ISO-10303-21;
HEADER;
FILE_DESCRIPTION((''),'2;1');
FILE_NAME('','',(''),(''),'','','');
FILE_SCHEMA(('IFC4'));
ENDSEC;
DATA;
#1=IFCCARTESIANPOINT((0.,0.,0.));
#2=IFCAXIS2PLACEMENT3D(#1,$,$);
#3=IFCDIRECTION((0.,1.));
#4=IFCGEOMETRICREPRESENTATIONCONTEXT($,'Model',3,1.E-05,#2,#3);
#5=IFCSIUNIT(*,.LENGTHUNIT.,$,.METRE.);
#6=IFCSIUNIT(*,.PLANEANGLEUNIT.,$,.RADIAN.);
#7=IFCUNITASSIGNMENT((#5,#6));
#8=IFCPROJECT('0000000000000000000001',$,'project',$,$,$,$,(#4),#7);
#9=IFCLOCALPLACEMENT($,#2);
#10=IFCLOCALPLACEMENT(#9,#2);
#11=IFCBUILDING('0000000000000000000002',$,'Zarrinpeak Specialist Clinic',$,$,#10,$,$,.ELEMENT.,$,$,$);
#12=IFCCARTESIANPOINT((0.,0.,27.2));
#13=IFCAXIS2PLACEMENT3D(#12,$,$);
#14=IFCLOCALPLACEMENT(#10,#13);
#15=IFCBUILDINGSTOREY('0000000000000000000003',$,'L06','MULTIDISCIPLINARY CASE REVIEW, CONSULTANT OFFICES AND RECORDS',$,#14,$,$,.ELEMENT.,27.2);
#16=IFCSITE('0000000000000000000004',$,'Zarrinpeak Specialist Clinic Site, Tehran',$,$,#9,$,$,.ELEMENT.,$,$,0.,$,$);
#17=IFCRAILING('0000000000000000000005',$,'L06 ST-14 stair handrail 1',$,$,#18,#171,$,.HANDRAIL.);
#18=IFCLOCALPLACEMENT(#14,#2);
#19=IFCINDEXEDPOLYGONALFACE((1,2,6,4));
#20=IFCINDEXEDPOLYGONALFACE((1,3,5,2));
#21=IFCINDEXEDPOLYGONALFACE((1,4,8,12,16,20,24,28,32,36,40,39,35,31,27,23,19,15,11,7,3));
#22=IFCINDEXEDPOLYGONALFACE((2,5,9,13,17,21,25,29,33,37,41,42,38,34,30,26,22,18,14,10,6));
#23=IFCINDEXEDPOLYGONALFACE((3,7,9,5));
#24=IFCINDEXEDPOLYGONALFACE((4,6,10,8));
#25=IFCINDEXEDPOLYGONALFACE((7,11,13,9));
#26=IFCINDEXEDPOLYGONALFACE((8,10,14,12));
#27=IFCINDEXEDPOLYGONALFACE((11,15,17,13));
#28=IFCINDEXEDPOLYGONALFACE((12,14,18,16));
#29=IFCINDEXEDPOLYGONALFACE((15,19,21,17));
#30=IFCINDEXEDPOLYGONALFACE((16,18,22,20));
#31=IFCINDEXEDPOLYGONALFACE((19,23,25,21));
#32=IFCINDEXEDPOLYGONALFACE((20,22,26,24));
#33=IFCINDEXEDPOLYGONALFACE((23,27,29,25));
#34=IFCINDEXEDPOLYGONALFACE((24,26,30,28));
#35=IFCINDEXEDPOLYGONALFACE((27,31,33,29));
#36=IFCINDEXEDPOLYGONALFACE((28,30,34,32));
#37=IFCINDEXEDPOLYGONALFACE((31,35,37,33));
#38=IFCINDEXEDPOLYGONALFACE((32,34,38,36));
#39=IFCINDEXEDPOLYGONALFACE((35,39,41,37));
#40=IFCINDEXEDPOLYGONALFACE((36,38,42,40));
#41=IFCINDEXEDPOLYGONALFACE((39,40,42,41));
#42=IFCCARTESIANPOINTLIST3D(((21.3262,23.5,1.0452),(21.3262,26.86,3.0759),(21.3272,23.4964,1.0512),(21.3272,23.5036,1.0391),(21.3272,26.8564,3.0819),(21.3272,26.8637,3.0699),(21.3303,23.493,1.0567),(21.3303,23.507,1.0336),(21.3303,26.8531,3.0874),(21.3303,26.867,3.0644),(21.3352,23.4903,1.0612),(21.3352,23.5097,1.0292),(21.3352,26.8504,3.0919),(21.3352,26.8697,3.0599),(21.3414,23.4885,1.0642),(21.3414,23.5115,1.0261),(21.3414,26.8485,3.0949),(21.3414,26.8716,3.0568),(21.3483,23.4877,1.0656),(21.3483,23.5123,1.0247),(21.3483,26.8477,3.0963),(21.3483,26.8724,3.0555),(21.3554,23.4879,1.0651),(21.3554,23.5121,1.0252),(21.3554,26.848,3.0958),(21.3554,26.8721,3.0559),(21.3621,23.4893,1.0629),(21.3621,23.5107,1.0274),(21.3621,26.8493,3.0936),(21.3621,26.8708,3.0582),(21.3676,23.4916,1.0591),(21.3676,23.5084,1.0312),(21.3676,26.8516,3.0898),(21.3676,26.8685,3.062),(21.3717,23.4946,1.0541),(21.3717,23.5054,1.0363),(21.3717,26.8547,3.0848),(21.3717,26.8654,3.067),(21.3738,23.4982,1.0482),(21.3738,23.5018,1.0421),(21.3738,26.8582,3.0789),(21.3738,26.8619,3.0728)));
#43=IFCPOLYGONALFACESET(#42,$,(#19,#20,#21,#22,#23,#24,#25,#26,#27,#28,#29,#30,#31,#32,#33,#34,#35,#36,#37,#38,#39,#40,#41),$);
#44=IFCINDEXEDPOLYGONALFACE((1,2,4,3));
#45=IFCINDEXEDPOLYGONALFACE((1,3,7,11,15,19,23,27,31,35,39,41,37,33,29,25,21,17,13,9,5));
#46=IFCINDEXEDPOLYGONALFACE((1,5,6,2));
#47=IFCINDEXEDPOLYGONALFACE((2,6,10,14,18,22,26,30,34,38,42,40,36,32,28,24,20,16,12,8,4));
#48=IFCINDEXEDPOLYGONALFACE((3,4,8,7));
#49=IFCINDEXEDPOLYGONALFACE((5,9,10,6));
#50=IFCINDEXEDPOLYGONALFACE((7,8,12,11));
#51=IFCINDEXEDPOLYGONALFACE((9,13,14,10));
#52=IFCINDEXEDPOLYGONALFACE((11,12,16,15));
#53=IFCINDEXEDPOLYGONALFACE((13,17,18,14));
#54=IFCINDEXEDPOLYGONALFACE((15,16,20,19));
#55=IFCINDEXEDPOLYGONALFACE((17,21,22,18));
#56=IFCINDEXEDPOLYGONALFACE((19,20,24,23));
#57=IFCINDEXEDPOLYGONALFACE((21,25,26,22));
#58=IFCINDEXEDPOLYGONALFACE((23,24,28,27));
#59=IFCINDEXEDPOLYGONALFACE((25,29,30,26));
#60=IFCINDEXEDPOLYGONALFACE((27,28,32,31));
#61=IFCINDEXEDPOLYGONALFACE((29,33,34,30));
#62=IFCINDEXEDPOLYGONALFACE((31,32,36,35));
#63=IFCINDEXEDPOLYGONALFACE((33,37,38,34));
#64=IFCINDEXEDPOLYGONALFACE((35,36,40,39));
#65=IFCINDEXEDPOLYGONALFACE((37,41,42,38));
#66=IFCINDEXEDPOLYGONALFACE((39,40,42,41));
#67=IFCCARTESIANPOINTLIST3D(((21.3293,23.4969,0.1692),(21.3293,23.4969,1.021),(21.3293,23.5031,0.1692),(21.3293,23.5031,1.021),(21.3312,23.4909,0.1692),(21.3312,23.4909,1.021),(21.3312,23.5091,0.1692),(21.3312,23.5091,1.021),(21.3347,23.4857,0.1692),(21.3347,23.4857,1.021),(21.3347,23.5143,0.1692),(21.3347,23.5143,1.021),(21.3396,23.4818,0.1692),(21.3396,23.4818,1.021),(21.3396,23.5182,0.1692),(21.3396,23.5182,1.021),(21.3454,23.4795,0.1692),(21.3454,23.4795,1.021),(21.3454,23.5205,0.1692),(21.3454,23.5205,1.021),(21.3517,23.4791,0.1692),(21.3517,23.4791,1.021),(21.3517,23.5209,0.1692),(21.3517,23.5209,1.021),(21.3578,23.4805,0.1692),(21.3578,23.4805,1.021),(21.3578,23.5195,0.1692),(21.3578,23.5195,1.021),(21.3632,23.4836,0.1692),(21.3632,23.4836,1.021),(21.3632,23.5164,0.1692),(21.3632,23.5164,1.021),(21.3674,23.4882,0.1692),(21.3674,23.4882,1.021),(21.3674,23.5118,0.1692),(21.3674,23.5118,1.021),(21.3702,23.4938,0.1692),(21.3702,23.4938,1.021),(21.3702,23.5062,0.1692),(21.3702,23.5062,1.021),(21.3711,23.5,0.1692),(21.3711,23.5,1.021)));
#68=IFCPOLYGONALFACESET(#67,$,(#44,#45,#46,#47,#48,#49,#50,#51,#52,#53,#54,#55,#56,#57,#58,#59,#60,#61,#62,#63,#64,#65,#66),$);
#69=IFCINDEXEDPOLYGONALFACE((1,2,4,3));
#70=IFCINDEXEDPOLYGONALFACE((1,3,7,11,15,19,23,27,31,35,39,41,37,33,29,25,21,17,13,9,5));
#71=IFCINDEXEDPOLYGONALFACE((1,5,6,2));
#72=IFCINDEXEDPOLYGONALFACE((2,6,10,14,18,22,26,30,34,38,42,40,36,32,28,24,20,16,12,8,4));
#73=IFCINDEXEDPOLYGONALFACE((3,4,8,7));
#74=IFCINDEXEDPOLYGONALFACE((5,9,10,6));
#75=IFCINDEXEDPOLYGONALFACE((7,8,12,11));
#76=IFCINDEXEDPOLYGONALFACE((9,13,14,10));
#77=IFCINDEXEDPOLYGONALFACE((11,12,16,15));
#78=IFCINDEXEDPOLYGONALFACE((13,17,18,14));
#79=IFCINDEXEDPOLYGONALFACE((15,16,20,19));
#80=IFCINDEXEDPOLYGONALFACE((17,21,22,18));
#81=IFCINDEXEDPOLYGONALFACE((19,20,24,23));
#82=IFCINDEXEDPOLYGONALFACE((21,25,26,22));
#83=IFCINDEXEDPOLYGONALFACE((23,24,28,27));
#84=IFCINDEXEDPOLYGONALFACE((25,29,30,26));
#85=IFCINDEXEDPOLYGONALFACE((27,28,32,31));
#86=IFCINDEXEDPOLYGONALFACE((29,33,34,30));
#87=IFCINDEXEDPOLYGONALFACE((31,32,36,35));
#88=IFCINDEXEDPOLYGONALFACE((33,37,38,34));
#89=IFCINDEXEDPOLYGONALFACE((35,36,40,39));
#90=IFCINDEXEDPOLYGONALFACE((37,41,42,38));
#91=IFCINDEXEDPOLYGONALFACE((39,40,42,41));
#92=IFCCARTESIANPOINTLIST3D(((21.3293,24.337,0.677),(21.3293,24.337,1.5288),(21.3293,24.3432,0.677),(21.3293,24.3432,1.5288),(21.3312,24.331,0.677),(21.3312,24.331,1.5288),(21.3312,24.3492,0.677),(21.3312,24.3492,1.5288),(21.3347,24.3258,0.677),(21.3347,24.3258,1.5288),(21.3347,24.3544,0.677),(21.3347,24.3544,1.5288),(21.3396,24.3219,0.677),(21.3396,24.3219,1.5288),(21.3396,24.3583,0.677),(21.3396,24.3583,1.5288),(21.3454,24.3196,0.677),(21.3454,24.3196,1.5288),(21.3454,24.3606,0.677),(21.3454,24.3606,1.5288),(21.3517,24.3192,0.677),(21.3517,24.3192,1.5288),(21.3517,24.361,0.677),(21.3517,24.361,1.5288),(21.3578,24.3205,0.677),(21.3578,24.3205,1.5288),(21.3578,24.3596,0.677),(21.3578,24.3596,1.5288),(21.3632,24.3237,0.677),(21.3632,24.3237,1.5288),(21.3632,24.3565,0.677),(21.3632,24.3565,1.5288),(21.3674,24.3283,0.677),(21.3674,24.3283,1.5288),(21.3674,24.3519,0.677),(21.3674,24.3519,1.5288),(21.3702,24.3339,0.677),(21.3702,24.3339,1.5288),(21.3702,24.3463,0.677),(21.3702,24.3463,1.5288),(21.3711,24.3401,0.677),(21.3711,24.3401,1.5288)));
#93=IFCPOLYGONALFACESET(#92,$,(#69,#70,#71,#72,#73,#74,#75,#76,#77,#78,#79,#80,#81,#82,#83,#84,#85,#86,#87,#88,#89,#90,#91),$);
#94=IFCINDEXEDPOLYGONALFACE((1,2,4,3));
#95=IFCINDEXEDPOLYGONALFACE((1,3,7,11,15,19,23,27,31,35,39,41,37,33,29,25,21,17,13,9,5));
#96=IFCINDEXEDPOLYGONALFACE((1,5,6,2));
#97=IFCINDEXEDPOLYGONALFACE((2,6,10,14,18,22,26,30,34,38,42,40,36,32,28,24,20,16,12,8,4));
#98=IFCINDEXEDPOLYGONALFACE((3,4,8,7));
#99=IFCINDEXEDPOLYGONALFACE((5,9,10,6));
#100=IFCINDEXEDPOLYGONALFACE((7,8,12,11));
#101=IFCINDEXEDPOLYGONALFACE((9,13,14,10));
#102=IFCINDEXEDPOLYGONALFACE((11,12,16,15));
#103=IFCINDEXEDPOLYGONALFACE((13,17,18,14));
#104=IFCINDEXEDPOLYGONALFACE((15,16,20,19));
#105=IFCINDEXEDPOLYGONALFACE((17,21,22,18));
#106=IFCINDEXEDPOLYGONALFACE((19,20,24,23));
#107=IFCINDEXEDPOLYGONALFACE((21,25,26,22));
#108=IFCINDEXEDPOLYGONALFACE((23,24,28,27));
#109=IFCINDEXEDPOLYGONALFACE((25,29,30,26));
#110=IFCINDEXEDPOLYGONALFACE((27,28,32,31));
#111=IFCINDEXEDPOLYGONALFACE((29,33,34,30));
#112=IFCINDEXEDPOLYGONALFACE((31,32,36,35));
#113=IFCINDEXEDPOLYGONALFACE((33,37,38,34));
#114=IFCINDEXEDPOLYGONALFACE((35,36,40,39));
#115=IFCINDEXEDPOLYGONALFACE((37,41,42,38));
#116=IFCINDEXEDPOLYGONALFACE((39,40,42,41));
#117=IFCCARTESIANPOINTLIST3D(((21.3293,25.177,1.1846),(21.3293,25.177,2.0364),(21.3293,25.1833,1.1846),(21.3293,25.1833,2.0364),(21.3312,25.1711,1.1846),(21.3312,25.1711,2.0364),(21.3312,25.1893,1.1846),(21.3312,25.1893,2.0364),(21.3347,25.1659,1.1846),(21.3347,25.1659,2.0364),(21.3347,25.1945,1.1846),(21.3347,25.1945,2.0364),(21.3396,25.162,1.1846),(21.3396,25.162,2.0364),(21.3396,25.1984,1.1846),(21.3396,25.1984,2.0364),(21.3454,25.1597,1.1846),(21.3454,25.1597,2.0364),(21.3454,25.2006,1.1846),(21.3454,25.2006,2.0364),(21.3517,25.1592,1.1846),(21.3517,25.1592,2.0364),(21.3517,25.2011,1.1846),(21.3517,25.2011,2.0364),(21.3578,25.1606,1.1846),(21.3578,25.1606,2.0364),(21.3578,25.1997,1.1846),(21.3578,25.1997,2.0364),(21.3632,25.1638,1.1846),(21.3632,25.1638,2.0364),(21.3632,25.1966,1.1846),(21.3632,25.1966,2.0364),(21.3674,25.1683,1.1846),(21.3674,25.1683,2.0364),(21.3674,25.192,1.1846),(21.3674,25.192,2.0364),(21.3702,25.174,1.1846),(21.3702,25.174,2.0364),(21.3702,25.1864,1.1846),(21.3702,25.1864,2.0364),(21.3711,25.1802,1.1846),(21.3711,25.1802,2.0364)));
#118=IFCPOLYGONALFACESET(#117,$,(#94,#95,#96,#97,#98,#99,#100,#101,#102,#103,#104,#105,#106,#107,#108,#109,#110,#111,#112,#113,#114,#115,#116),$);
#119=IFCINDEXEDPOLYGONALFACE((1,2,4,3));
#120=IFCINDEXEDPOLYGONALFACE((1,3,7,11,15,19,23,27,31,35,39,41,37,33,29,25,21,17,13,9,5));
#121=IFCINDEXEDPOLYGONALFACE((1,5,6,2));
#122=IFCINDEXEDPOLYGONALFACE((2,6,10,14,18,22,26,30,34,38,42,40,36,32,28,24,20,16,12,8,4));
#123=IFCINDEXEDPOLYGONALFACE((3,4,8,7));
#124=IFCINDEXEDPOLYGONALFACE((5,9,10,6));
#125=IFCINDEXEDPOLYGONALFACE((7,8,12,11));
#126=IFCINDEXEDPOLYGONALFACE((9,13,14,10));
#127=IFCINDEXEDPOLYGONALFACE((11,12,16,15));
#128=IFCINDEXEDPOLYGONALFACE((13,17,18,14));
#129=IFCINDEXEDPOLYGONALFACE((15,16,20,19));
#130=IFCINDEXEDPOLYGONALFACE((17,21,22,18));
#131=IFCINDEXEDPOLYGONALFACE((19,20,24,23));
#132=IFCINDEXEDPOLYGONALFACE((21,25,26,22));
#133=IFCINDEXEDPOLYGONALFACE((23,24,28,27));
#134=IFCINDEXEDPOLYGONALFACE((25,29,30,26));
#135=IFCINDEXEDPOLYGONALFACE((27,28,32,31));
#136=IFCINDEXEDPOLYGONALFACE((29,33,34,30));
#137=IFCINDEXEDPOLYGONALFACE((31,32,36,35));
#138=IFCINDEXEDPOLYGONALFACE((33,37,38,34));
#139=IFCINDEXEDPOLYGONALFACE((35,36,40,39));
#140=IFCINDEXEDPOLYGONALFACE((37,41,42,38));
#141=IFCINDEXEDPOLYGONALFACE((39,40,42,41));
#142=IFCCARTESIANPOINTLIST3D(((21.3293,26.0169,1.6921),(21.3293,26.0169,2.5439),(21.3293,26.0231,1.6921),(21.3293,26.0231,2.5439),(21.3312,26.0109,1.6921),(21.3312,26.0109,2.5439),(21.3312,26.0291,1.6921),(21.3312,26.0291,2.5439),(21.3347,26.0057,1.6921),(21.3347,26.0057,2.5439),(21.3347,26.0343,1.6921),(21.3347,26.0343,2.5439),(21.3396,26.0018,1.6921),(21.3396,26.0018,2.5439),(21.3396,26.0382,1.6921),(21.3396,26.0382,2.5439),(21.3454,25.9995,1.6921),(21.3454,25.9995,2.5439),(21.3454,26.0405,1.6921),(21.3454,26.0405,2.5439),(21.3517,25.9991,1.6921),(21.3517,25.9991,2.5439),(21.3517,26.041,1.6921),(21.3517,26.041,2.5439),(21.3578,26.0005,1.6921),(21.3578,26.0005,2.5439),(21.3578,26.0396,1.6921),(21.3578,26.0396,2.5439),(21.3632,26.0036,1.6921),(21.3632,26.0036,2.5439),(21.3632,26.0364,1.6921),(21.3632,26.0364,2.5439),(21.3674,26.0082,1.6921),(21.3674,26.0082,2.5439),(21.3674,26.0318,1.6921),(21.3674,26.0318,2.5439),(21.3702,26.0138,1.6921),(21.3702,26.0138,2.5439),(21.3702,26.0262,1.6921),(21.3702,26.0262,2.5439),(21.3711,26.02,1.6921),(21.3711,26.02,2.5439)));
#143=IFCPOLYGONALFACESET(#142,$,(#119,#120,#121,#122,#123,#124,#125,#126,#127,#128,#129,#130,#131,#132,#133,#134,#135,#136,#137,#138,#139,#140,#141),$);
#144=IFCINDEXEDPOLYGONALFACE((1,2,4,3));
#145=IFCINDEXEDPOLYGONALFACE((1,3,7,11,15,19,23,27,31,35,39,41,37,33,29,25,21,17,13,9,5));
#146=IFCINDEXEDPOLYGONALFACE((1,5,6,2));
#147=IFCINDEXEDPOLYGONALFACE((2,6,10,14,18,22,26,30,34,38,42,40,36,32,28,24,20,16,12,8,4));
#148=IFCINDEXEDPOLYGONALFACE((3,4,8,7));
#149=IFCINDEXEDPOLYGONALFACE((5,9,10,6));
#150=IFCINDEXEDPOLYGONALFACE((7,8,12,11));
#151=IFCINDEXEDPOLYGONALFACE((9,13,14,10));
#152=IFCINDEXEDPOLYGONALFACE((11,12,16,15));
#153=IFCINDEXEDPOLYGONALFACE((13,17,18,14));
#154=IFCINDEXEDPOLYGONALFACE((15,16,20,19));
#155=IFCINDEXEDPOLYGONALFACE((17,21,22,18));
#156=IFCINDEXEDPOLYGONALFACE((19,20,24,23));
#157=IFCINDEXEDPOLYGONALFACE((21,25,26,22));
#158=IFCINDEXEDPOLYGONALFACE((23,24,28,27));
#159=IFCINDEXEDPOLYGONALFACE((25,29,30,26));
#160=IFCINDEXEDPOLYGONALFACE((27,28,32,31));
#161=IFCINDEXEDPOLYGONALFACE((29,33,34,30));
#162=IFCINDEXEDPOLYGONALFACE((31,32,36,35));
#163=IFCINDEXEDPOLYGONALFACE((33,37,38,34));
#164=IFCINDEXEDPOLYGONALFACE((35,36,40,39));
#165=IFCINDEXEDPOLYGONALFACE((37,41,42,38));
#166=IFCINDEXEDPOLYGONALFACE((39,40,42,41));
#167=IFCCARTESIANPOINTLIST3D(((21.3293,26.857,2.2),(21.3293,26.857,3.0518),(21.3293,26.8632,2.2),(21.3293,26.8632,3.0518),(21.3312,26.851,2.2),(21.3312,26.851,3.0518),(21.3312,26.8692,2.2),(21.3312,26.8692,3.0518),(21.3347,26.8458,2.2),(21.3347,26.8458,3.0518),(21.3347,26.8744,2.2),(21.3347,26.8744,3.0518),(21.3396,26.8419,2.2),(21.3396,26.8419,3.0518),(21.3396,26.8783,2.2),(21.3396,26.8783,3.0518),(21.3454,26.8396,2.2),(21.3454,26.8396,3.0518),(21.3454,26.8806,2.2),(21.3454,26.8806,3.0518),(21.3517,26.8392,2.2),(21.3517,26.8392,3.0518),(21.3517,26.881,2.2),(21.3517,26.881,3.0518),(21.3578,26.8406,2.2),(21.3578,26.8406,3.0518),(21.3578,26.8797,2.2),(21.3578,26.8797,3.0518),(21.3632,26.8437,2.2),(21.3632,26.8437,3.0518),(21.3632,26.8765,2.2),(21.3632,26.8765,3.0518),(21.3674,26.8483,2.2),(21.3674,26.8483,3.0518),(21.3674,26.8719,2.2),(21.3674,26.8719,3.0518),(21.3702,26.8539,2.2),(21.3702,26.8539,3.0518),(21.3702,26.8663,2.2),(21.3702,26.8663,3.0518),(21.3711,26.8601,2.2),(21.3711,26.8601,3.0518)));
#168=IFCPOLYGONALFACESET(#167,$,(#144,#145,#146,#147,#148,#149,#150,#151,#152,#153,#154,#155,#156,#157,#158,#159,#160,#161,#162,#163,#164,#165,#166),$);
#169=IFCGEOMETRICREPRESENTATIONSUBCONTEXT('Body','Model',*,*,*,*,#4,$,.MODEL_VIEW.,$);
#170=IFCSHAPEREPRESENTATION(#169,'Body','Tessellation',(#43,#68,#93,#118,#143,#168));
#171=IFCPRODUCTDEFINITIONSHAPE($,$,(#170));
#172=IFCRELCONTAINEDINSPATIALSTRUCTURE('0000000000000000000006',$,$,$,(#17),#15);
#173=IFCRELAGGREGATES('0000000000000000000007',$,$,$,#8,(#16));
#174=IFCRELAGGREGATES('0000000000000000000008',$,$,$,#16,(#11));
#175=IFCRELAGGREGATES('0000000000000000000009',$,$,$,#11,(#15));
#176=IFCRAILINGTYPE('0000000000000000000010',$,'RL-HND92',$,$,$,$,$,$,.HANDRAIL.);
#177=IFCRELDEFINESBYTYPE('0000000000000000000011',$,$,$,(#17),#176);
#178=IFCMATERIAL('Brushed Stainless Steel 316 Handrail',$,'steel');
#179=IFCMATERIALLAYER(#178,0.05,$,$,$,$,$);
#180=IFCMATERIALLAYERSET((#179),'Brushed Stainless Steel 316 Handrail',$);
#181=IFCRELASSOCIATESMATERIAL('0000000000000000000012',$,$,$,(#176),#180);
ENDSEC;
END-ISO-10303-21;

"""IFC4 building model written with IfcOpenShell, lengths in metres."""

from ifc_helpers import new_model, si_unit, direction, frame, origin, origin_2d, place, context, subcontext, project, spatial, circle, extrude, material, layer, layer_set, type_object, element, save


model = new_model("IFC4")

# Units and contexts
model_context = context("Model", 3, precision=1e-05, world=origin(), true_north=direction((0.0, 1.0)))
body_context = subcontext(model_context, "Body", "Model", "MODEL_VIEW")
ifc_project = project(units=[si_unit("LENGTHUNIT", "METRE"), si_unit("PLANEANGLEUNIT", "RADIAN")], contexts=[model_context])

# Site, building, storey
site_placement = place(None, origin())
site = spatial("IfcSite", under=ifc_project, at=site_placement, Name="Zarrinpeak Specialist Clinic Site, Tehran", CompositionType="ELEMENT", RefElevation=0.0)
building_placement = place(site_placement, origin())
building = spatial("IfcBuilding", under=site, at=building_placement, Name="Zarrinpeak Specialist Clinic", CompositionType="ELEMENT")
storey_placement = place(building_placement, frame((0.0, 0.0, 27.2)))
storey = spatial("IfcBuildingStorey", under=building, at=storey_placement, Name="L06", Description="MULTIDISCIPLINARY CASE REVIEW, CONSULTANT OFFICES AND RECORDS", CompositionType="ELEMENT", Elevation=27.2)

# Railing
ifc_material_1 = material(Name="Brushed Stainless Steel 316 Handrail", Category="steel")
ifc_layer_1 = layer(ifc_material_1, 0.05)
ifc_layer_set_1 = layer_set([ifc_layer_1], Name="Brushed Stainless Steel 316 Handrail")
railing_type_1 = type_object("IfcRailingType", Name="RL-HND92", PredefinedType="HANDRAIL", material=ifc_layer_set_1)
railing_1_placement = place(storey_placement, frame((21.3501, 23.5, 0.1692)))
element("IfcRailing", 1, at=railing_1_placement, inside=storey, type_object=railing_type_1, Name="L06 ST-14 stair handrail 1", PredefinedType="HANDRAIL", context=body_context, shape_type="SweptSolid", body=[
    extrude(circle(Radius=0.0239, at=origin_2d()), frame((0.0, 0.0, 0.876), z_axis=(0.0, 0.855837, 0.517246), x_axis=(-1.0, 0.0, 0.0)), (0.0, 0.0, 1.0), 3.926),
    extrude(circle(Radius=0.021, at=origin_2d()), origin(), (0.0, 0.0, 1.0), 0.8518),
    extrude(circle(Radius=0.021, at=origin_2d()), frame((0.0, 0.8401, 0.5078)), (0.0, 0.0, 1.0), 0.8518),
    extrude(circle(Radius=0.021, at=origin_2d()), frame((0.0, 1.6802, 1.0154)), (0.0, 0.0, 1.0), 0.8518),
    extrude(circle(Radius=0.021, at=origin_2d()), frame((0.0, 2.52, 1.5229)), (0.0, 0.0, 1.0), 0.8518),
    extrude(circle(Radius=0.021, at=origin_2d()), frame((0.0, 3.3601, 2.0308)), (0.0, 0.0, 1.0), 0.8518),
])

save(model, "model.ifc")
